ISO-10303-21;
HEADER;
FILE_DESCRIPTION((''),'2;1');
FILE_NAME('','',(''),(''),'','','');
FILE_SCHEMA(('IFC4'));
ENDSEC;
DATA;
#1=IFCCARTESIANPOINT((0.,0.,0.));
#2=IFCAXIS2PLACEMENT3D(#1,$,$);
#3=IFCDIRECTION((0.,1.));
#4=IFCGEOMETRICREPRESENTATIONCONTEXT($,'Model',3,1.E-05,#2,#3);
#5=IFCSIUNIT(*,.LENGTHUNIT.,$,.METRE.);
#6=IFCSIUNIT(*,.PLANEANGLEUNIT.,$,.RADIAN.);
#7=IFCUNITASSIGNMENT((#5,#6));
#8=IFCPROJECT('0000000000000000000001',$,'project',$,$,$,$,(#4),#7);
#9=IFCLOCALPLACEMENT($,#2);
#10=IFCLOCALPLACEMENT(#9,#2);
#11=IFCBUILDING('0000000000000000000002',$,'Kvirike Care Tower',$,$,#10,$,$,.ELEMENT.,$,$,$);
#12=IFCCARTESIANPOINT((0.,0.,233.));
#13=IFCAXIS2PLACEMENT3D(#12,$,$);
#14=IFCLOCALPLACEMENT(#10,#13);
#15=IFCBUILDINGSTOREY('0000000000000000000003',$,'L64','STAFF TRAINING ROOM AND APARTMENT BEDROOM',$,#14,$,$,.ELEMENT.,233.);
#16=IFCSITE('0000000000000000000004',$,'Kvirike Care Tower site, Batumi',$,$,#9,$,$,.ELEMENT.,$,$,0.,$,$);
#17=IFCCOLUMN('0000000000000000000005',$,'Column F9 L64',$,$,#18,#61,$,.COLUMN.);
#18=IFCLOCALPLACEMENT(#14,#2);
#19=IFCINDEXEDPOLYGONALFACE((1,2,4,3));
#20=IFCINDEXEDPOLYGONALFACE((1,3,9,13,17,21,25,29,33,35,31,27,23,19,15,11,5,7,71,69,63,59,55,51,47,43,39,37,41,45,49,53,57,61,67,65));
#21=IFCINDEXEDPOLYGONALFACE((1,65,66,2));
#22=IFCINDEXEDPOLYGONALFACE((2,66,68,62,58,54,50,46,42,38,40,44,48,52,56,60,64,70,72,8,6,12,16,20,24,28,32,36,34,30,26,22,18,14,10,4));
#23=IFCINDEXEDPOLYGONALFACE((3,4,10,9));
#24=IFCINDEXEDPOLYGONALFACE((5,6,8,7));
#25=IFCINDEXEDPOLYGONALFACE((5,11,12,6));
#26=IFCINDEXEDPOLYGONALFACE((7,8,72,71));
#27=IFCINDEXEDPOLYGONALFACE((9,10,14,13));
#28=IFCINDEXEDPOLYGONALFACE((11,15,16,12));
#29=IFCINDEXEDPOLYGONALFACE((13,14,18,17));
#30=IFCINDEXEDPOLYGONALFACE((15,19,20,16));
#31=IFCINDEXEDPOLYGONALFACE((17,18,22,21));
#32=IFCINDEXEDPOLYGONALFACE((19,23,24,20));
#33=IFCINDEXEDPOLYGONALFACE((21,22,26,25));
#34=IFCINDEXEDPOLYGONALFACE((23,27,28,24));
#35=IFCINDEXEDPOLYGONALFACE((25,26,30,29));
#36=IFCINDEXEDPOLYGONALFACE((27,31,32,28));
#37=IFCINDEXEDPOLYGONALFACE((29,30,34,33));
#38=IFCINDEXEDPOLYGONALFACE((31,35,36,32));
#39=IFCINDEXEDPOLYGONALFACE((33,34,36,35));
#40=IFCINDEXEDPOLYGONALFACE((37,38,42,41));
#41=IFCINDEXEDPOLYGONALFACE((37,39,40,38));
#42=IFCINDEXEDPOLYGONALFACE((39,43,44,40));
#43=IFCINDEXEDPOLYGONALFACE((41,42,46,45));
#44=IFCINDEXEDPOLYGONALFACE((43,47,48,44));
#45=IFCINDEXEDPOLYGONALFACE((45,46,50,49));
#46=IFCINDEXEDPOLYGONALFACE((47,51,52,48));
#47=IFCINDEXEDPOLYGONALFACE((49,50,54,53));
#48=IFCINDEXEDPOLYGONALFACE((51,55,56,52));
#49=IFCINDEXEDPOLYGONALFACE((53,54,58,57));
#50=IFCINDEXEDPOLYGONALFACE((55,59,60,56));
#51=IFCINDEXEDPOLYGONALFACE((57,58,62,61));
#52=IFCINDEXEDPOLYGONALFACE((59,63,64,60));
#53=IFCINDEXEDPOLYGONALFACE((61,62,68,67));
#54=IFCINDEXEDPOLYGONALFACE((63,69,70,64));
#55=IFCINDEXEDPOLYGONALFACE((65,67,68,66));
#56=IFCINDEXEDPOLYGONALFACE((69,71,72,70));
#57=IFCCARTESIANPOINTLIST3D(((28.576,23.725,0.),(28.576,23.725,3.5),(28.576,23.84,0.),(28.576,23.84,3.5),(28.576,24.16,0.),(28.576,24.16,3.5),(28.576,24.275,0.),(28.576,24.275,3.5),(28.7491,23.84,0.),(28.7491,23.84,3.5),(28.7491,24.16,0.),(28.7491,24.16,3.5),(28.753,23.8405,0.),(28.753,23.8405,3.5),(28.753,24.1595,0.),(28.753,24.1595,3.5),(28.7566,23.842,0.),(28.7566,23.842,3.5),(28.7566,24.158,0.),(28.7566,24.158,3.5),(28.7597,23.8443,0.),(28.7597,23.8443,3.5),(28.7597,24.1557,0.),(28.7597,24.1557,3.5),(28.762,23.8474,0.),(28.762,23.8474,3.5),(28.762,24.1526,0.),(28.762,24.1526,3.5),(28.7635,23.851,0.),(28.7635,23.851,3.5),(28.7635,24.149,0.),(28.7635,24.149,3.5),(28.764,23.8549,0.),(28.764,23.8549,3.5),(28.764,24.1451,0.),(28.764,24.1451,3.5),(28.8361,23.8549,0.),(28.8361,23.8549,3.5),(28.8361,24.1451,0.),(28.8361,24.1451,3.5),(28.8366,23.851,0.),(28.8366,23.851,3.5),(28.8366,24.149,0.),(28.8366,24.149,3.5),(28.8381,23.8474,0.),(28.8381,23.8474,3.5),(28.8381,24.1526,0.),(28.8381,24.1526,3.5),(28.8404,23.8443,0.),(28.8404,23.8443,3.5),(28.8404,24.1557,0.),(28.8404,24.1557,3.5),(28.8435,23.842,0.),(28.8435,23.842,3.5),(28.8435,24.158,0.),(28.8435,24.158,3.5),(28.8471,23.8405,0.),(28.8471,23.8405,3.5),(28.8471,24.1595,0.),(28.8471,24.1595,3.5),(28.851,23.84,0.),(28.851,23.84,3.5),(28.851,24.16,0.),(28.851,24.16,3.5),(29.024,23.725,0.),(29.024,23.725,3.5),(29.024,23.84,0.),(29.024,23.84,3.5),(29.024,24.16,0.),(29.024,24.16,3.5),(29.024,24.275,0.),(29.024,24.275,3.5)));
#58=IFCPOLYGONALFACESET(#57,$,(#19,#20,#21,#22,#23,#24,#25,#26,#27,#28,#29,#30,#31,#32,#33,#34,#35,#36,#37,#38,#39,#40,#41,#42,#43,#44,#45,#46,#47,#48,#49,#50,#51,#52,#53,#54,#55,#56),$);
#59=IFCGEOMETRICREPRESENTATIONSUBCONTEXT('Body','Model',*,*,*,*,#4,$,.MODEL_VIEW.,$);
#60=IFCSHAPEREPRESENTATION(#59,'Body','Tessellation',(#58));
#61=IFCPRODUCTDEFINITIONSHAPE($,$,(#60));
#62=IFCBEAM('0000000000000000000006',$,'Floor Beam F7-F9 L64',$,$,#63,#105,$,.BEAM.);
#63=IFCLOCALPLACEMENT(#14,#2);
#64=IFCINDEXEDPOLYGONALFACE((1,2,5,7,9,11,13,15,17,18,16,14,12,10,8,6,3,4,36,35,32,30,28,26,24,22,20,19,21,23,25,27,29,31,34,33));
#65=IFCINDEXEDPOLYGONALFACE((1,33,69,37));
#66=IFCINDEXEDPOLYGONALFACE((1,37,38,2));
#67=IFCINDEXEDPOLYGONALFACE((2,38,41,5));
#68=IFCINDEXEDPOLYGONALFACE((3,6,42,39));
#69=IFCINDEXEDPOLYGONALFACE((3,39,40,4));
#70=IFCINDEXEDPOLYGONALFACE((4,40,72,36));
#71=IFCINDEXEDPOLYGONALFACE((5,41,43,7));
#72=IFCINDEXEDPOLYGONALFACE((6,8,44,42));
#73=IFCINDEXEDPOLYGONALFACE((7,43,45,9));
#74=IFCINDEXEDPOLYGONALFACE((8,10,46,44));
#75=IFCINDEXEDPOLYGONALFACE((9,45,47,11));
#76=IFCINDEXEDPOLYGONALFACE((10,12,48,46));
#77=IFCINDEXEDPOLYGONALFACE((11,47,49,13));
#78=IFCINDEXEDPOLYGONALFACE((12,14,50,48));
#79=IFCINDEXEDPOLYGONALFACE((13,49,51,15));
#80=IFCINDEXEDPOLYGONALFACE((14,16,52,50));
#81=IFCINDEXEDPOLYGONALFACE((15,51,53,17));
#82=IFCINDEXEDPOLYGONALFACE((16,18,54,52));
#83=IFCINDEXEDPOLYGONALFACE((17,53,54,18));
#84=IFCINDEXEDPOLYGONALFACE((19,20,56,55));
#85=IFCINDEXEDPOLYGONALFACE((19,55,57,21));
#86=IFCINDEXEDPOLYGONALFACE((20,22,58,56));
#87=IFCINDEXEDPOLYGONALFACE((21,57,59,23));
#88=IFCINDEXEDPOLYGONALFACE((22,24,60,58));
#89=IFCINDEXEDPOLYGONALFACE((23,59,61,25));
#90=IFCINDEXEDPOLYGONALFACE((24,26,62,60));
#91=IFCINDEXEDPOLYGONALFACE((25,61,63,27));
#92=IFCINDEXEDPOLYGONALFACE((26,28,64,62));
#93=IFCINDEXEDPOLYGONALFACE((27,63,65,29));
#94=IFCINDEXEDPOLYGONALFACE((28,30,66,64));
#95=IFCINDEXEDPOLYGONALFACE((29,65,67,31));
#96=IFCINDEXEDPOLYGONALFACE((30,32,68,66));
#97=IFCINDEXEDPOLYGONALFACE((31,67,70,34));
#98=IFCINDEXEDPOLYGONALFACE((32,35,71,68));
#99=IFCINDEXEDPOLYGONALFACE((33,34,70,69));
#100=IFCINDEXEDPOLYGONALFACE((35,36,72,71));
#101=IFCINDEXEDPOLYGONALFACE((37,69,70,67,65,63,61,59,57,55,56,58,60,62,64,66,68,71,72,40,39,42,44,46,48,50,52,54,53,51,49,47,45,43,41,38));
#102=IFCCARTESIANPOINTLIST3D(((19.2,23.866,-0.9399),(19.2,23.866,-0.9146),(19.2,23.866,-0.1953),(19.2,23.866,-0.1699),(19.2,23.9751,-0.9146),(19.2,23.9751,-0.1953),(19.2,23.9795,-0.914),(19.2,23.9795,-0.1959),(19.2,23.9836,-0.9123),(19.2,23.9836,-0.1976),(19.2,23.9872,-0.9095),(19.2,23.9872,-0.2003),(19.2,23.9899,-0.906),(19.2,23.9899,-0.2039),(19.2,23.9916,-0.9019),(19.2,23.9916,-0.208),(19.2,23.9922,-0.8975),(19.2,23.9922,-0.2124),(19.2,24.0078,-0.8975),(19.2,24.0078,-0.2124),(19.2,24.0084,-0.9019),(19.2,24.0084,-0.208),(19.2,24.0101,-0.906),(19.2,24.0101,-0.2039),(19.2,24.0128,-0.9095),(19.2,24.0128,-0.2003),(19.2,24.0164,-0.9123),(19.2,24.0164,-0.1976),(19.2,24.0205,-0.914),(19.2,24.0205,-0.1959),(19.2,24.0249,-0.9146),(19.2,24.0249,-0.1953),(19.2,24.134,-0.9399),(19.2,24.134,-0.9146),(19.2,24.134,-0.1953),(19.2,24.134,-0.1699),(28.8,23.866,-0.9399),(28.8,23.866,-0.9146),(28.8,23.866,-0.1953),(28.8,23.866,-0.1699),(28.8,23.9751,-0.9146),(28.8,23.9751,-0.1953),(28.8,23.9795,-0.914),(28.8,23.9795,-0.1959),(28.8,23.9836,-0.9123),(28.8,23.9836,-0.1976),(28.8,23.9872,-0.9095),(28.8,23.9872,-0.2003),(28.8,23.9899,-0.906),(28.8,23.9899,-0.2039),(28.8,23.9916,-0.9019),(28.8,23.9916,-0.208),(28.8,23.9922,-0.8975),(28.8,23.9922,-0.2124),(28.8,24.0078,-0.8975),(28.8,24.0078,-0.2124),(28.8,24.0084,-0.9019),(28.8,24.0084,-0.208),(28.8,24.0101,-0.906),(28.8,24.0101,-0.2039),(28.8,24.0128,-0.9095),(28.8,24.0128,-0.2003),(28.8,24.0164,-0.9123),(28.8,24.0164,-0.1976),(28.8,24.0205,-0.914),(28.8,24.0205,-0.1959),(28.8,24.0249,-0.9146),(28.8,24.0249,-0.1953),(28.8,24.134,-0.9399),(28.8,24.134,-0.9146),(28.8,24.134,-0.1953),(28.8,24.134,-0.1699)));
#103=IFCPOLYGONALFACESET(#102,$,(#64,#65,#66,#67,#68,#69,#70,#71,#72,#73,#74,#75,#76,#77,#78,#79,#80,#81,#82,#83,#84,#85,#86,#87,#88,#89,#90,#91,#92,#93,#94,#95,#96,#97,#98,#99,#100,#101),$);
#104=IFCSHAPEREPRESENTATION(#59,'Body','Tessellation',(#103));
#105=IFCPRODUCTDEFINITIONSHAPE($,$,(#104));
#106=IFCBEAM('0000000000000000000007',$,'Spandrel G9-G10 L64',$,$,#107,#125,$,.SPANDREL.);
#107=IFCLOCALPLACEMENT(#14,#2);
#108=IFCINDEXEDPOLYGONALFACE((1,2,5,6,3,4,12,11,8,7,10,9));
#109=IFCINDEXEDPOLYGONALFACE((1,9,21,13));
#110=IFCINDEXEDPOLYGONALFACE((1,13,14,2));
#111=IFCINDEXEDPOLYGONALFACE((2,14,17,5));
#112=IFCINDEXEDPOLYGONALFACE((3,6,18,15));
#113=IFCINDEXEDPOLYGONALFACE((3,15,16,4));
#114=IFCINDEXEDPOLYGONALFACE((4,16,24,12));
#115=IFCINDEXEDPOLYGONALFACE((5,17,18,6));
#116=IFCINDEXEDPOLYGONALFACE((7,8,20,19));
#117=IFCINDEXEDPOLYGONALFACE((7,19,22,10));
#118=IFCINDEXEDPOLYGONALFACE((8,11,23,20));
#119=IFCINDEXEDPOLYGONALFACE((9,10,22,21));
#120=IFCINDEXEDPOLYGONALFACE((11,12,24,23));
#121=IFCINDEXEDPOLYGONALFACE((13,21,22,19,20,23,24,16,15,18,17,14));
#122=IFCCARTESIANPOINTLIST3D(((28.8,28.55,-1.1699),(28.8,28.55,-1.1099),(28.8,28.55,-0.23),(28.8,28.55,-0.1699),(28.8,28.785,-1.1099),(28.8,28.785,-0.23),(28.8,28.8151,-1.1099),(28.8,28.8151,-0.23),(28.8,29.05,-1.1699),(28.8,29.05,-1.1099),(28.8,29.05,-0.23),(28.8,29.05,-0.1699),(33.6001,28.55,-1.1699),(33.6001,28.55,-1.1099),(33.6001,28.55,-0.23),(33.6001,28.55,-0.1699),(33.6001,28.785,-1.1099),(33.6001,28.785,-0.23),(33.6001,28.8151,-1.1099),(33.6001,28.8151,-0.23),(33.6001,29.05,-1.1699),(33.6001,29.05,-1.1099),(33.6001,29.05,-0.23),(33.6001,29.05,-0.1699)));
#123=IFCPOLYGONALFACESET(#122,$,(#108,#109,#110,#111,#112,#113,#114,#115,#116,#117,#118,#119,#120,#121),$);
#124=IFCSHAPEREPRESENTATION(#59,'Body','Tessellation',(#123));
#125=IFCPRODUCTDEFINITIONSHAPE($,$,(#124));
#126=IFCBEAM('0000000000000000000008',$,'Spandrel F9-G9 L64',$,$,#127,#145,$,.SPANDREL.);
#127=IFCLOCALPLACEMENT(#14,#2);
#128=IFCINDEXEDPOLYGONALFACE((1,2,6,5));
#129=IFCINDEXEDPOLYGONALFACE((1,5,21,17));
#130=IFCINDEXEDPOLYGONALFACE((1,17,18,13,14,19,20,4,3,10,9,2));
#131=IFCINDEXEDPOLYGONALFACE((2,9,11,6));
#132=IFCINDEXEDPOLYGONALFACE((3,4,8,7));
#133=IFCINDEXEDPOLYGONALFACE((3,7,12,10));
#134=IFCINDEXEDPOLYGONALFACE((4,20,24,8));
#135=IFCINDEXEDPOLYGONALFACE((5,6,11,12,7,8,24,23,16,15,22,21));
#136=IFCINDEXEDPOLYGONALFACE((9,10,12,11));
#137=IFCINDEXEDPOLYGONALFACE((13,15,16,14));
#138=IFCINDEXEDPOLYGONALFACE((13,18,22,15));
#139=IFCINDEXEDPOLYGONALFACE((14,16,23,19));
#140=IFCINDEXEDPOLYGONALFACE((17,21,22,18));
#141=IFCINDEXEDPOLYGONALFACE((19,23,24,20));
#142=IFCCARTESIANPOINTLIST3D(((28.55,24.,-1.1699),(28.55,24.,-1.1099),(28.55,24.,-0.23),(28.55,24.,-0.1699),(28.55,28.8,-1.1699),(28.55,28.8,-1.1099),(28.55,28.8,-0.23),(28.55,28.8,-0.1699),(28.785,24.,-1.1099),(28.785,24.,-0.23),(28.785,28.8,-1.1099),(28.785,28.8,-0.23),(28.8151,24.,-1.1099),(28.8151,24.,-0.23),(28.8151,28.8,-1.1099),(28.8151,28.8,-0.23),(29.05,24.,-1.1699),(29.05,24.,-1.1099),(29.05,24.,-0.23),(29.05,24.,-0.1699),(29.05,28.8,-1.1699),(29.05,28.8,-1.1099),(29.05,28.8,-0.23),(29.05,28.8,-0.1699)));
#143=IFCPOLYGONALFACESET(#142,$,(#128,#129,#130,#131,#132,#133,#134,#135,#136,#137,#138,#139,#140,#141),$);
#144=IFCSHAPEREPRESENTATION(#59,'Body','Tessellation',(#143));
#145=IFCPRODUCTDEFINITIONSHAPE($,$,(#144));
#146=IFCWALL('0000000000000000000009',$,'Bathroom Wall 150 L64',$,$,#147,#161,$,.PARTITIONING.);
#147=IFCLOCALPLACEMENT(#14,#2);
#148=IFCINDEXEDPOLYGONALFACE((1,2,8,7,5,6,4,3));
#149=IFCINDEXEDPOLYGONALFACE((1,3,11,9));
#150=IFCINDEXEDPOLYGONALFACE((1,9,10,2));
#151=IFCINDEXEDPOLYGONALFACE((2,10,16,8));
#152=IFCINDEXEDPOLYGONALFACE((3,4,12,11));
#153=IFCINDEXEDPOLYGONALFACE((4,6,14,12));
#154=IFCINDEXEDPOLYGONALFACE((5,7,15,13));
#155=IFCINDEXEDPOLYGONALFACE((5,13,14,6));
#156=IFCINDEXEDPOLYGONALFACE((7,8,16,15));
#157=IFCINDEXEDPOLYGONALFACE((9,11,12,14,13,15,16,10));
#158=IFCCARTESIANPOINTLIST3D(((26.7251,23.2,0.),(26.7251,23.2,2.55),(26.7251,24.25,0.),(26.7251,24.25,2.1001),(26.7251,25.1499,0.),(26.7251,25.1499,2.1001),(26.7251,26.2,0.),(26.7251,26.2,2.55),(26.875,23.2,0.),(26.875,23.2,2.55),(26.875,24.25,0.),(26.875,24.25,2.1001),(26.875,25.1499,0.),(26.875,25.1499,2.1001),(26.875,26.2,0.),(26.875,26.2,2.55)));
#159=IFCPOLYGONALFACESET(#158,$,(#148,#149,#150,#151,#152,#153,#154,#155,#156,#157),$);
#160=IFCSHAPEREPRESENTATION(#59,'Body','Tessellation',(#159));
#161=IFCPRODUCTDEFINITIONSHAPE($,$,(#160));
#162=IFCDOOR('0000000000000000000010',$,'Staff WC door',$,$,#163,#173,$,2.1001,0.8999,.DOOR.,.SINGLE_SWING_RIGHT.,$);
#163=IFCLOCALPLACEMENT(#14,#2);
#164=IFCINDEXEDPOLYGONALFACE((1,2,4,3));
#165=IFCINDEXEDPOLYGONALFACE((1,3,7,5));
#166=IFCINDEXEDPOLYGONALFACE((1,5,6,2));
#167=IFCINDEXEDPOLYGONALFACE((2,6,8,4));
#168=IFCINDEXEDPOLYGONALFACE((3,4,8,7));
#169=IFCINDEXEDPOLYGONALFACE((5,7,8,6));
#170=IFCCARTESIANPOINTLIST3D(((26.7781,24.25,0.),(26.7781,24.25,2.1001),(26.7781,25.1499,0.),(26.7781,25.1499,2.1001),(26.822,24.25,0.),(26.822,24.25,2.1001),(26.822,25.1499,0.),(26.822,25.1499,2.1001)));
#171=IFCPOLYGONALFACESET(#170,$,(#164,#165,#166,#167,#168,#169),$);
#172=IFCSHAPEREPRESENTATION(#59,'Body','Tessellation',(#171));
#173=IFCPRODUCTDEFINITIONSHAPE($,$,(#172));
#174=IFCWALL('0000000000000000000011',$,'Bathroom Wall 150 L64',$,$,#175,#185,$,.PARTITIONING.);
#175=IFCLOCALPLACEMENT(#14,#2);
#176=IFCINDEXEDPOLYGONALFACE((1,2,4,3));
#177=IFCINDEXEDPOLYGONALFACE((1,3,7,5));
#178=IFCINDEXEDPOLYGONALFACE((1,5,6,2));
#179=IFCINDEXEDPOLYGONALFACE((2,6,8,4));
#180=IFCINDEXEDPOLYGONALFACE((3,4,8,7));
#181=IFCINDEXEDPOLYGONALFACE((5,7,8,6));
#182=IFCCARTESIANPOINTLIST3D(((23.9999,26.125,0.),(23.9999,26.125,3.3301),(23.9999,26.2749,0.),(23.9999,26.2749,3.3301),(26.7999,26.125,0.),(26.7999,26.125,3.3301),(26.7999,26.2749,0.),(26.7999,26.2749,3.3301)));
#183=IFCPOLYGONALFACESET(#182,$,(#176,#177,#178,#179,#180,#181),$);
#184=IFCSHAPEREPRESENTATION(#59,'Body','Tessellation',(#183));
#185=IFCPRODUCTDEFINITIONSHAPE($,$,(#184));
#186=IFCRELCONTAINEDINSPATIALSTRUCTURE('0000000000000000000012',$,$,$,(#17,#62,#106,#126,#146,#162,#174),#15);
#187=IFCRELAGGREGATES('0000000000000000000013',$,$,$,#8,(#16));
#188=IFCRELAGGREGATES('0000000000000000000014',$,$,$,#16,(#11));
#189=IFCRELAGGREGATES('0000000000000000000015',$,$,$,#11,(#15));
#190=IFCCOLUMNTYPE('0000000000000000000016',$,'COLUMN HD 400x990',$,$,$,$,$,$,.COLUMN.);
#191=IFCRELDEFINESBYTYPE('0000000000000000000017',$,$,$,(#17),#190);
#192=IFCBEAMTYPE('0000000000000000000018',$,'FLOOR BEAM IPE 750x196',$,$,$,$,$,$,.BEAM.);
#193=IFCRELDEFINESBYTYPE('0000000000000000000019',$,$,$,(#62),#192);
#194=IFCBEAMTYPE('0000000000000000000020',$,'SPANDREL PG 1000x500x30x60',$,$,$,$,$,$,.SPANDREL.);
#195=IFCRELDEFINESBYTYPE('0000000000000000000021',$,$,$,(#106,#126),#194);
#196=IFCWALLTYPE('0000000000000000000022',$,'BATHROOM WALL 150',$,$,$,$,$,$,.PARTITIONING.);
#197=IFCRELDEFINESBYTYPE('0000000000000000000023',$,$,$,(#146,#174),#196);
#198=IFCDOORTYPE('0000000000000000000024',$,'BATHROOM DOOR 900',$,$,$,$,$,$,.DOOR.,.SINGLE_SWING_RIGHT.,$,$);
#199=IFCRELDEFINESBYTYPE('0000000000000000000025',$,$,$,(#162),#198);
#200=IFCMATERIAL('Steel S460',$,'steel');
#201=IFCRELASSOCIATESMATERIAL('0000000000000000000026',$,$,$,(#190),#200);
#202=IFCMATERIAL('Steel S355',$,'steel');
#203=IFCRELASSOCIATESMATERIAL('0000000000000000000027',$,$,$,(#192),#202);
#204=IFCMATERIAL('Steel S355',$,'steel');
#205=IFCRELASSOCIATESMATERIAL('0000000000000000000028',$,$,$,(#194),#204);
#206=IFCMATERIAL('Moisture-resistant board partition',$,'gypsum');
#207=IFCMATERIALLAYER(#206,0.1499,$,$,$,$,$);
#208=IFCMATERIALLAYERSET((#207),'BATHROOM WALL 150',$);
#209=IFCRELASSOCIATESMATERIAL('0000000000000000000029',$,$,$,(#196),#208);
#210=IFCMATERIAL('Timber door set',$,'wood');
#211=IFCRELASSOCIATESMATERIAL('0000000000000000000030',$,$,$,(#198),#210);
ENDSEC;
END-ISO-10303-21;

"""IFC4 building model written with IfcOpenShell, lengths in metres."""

from ifc_helpers import new_model, si_unit, direction, frame, frame_2d, origin, origin_2d, place, context, subcontext, project, spatial, rectangle, i_section, extrude, material, layer, layer_set, material_profile, profile_set, type_object, element, fill, save


model = new_model("IFC4")

# Units and contexts
model_context = context("Model", 3, precision=1e-05, world=origin(), true_north=direction((0.0, 1.0)))
body_context = subcontext(model_context, "Body", "Model", "MODEL_VIEW")
ifc_project = project(units=[si_unit("LENGTHUNIT", "METRE"), si_unit("PLANEANGLEUNIT", "RADIAN")], contexts=[model_context])

# Site, building, storey
site_placement = place(None, origin())
site = spatial("IfcSite", under=ifc_project, at=site_placement, Name="Kvirike Care Tower site, Batumi", CompositionType="ELEMENT", RefElevation=0.0)
building_placement = place(site_placement, origin())
building = spatial("IfcBuilding", under=site, at=building_placement, Name="Kvirike Care Tower", CompositionType="ELEMENT")
storey_placement = place(building_placement, frame((0.0, 0.0, 233.0)))
storey = spatial("IfcBuildingStorey", under=building, at=storey_placement, Name="L64", Description="STAFF TRAINING ROOM AND APARTMENT BEDROOM", CompositionType="ELEMENT", Elevation=233.0)

# Column
ifc_material_1 = material(Name="Steel S460", Category="steel")
ifc_material_profile_1 = material_profile(ifc_material_1, i_section(OverallWidth=0.448, OverallDepth=0.55, WebThickness=0.072, FlangeThickness=0.115, FilletRadius=0.0149, at=origin_2d()), Name="HD 400x990")
ifc_profile_set_1 = profile_set([ifc_material_profile_1], Name="Steel S460")
column_type = type_object("IfcColumnType", Name="COLUMN HD 400x990", PredefinedType="COLUMN", material=ifc_profile_set_1)
column_placement = place(storey_placement, frame((28.8, 24.0, 0.0), z_axis=(0.0, 0.0, 1.0), x_axis=(1.0, 0.0, 0.0)))
element("IfcColumn", 1, at=column_placement, inside=storey, type_object=column_type, Name="Column F9 L64", PredefinedType="COLUMN", context=body_context, shape_type="SweptSolid", body=[
    extrude(i_section(OverallWidth=0.448, OverallDepth=0.55, WebThickness=0.072, FlangeThickness=0.115, FilletRadius=0.0149, at=origin_2d()), origin(), (0.0, 0.0, 1.0), 3.5),
])

# Beams
ifc_material_2 = material(Name="Steel S355", Category="steel")
ifc_material_profile_2 = material_profile(ifc_material_2, i_section(OverallWidth=0.2681, OverallDepth=0.77, WebThickness=0.0156, FlangeThickness=0.0254, FilletRadius=0.0171, at=origin_2d()), Name="IPE 750x196")
ifc_profile_set_2 = profile_set([ifc_material_profile_2], Name="Steel S355")
beam_type_1 = type_object("IfcBeamType", Name="FLOOR BEAM IPE 750x196", PredefinedType="BEAM", material=ifc_profile_set_2)
beam_placement = place(storey_placement, frame((19.2, 24.0, -0.5549), z_axis=(1.0, 0.0, 0.0), x_axis=(0.0, 1.0, 0.0)))
element("IfcBeam", 2, at=beam_placement, inside=storey, type_object=beam_type_1, Name="Floor Beam F7-F9 L64", PredefinedType="BEAM", context=body_context, shape_type="SweptSolid", body=[
    extrude(i_section(OverallWidth=0.2681, OverallDepth=0.77, WebThickness=0.0156, FlangeThickness=0.0254, FilletRadius=0.0171, at=origin_2d()), origin(), (0.0, 0.0, 1.0), 9.6001),
])
ifc_material_3 = material(Name="Steel S355", Category="steel")
ifc_material_profile_3 = material_profile(ifc_material_3, i_section(OverallWidth=0.5, OverallDepth=1.0, WebThickness=0.03, FlangeThickness=0.0601, at=origin_2d()), Name="PG 1000x500x30x60")
ifc_profile_set_3 = profile_set([ifc_material_profile_3], Name="Steel S355")
beam_type_2 = type_object("IfcBeamType", Name="SPANDREL PG 1000x500x30x60", PredefinedType="SPANDREL", material=ifc_profile_set_3)
for number, where, z_axis, x_axis, name in (
    (3, (28.8, 28.8, -0.6699), (1.0, 0.0, 0.0), (0.0, 1.0, 0.0), "Spandrel G9-G10 L64"),
    (4, (28.8, 24.0, -0.6699), (0.0, 1.0, 0.0), (-1.0, 0.0, 0.0), "Spandrel F9-G9 L64"),
):
    element("IfcBeam", number, at=place(storey_placement, frame(where, z_axis=z_axis, x_axis=x_axis)), inside=storey, type_object=beam_type_2, Name=name, PredefinedType="SPANDREL", context=body_context, shape_type="SweptSolid", body=[
        extrude(i_section(OverallWidth=0.5, OverallDepth=1.0, WebThickness=0.03, FlangeThickness=0.0601, at=origin_2d()), origin(), (0.0, 0.0, 1.0), 4.8),
    ])

# Wall, opening, door
ifc_material_4 = material(Name="Moisture-resistant board partition", Category="gypsum")
ifc_layer_1 = layer(ifc_material_4, 0.1499)
ifc_layer_set_1 = layer_set([ifc_layer_1], Name="BATHROOM WALL 150")
wall_type_1 = type_object("IfcWallType", Name="BATHROOM WALL 150", PredefinedType="PARTITIONING", material=ifc_layer_set_1)
wall_1_placement = place(storey_placement, frame((26.8, 23.2, 0.0), z_axis=(0.0, 0.0, 1.0), x_axis=(0.0, 1.0, 0.0)))
wall_1 = element("IfcWall", 5, at=wall_1_placement, inside=storey, type_object=wall_type_1, Name="Bathroom Wall 150 L64", PredefinedType="PARTITIONING", context=body_context, shape_type="SweptSolid", body=[
    extrude(rectangle(XDim=3.0, YDim=0.1499, at=frame_2d((1.5, 0.0))), origin(), (0.0, 0.0, 1.0), 2.55),
])
opening_1_placement = place(wall_1_placement, frame((1.05, 0.0, 0.0)))
opening_1 = element("IfcOpeningElement", 6, at=opening_1_placement, cuts=wall_1, PredefinedType="OPENING", context=body_context, shape_type="SweptSolid", body=[
    extrude(rectangle(XDim=0.8999, YDim=2.1001, at=frame_2d((0.45, 1.05))), frame((0.0, 0.0854, 0.0), z_axis=(0.0, -1.0, 0.0), x_axis=(1.0, 0.0, 0.0)), (0.0, 0.0, 1.0), 0.1709),
])
ifc_material_5 = material(Name="Timber door set", Category="wood")
door_type_1 = type_object("IfcDoorType", Name="BATHROOM DOOR 900", OperationType="SINGLE_SWING_RIGHT", PredefinedType="DOOR", material=ifc_material_5)
door_1_placement = place(opening_1_placement, frame((0.8999, 0.0, 0.0), z_axis=(0.0, 0.0, 1.0), x_axis=(-1.0, 0.0, 0.0)))
door_1 = element("IfcDoor", 7, at=door_1_placement, inside=storey, type_object=door_type_1, Name="Staff WC door", OperationType="SINGLE_SWING_RIGHT", OverallHeight=2.1001, OverallWidth=0.8999, PredefinedType="DOOR", context=body_context, shape_type="SweptSolid", body=[
    extrude(rectangle(XDim=0.8999, YDim=2.1001, at=frame_2d((0.45, 1.05))), frame((0.0, 0.022, 0.0), z_axis=(0.0, -1.0, 0.0), x_axis=(1.0, 0.0, 0.0)), (0.0, 0.0, 1.0), 0.0439),
])
fill(opening_1, door_1)

# Wall
wall_2_placement = place(storey_placement, frame((24.0, 26.2, 0.0), z_axis=(0.0, 0.0, 1.0), x_axis=(1.0, 0.0, 0.0)))
element("IfcWall", 8, at=wall_2_placement, inside=storey, type_object=wall_type_1, Name="Bathroom Wall 150 L64", PredefinedType="PARTITIONING", context=body_context, shape_type="SweptSolid", body=[
    extrude(rectangle(XDim=2.8, YDim=0.1499, at=frame_2d((1.3999, 0.0))), origin(), (0.0, 0.0, 1.0), 3.3301),
])

save(model, "model.ifc")
